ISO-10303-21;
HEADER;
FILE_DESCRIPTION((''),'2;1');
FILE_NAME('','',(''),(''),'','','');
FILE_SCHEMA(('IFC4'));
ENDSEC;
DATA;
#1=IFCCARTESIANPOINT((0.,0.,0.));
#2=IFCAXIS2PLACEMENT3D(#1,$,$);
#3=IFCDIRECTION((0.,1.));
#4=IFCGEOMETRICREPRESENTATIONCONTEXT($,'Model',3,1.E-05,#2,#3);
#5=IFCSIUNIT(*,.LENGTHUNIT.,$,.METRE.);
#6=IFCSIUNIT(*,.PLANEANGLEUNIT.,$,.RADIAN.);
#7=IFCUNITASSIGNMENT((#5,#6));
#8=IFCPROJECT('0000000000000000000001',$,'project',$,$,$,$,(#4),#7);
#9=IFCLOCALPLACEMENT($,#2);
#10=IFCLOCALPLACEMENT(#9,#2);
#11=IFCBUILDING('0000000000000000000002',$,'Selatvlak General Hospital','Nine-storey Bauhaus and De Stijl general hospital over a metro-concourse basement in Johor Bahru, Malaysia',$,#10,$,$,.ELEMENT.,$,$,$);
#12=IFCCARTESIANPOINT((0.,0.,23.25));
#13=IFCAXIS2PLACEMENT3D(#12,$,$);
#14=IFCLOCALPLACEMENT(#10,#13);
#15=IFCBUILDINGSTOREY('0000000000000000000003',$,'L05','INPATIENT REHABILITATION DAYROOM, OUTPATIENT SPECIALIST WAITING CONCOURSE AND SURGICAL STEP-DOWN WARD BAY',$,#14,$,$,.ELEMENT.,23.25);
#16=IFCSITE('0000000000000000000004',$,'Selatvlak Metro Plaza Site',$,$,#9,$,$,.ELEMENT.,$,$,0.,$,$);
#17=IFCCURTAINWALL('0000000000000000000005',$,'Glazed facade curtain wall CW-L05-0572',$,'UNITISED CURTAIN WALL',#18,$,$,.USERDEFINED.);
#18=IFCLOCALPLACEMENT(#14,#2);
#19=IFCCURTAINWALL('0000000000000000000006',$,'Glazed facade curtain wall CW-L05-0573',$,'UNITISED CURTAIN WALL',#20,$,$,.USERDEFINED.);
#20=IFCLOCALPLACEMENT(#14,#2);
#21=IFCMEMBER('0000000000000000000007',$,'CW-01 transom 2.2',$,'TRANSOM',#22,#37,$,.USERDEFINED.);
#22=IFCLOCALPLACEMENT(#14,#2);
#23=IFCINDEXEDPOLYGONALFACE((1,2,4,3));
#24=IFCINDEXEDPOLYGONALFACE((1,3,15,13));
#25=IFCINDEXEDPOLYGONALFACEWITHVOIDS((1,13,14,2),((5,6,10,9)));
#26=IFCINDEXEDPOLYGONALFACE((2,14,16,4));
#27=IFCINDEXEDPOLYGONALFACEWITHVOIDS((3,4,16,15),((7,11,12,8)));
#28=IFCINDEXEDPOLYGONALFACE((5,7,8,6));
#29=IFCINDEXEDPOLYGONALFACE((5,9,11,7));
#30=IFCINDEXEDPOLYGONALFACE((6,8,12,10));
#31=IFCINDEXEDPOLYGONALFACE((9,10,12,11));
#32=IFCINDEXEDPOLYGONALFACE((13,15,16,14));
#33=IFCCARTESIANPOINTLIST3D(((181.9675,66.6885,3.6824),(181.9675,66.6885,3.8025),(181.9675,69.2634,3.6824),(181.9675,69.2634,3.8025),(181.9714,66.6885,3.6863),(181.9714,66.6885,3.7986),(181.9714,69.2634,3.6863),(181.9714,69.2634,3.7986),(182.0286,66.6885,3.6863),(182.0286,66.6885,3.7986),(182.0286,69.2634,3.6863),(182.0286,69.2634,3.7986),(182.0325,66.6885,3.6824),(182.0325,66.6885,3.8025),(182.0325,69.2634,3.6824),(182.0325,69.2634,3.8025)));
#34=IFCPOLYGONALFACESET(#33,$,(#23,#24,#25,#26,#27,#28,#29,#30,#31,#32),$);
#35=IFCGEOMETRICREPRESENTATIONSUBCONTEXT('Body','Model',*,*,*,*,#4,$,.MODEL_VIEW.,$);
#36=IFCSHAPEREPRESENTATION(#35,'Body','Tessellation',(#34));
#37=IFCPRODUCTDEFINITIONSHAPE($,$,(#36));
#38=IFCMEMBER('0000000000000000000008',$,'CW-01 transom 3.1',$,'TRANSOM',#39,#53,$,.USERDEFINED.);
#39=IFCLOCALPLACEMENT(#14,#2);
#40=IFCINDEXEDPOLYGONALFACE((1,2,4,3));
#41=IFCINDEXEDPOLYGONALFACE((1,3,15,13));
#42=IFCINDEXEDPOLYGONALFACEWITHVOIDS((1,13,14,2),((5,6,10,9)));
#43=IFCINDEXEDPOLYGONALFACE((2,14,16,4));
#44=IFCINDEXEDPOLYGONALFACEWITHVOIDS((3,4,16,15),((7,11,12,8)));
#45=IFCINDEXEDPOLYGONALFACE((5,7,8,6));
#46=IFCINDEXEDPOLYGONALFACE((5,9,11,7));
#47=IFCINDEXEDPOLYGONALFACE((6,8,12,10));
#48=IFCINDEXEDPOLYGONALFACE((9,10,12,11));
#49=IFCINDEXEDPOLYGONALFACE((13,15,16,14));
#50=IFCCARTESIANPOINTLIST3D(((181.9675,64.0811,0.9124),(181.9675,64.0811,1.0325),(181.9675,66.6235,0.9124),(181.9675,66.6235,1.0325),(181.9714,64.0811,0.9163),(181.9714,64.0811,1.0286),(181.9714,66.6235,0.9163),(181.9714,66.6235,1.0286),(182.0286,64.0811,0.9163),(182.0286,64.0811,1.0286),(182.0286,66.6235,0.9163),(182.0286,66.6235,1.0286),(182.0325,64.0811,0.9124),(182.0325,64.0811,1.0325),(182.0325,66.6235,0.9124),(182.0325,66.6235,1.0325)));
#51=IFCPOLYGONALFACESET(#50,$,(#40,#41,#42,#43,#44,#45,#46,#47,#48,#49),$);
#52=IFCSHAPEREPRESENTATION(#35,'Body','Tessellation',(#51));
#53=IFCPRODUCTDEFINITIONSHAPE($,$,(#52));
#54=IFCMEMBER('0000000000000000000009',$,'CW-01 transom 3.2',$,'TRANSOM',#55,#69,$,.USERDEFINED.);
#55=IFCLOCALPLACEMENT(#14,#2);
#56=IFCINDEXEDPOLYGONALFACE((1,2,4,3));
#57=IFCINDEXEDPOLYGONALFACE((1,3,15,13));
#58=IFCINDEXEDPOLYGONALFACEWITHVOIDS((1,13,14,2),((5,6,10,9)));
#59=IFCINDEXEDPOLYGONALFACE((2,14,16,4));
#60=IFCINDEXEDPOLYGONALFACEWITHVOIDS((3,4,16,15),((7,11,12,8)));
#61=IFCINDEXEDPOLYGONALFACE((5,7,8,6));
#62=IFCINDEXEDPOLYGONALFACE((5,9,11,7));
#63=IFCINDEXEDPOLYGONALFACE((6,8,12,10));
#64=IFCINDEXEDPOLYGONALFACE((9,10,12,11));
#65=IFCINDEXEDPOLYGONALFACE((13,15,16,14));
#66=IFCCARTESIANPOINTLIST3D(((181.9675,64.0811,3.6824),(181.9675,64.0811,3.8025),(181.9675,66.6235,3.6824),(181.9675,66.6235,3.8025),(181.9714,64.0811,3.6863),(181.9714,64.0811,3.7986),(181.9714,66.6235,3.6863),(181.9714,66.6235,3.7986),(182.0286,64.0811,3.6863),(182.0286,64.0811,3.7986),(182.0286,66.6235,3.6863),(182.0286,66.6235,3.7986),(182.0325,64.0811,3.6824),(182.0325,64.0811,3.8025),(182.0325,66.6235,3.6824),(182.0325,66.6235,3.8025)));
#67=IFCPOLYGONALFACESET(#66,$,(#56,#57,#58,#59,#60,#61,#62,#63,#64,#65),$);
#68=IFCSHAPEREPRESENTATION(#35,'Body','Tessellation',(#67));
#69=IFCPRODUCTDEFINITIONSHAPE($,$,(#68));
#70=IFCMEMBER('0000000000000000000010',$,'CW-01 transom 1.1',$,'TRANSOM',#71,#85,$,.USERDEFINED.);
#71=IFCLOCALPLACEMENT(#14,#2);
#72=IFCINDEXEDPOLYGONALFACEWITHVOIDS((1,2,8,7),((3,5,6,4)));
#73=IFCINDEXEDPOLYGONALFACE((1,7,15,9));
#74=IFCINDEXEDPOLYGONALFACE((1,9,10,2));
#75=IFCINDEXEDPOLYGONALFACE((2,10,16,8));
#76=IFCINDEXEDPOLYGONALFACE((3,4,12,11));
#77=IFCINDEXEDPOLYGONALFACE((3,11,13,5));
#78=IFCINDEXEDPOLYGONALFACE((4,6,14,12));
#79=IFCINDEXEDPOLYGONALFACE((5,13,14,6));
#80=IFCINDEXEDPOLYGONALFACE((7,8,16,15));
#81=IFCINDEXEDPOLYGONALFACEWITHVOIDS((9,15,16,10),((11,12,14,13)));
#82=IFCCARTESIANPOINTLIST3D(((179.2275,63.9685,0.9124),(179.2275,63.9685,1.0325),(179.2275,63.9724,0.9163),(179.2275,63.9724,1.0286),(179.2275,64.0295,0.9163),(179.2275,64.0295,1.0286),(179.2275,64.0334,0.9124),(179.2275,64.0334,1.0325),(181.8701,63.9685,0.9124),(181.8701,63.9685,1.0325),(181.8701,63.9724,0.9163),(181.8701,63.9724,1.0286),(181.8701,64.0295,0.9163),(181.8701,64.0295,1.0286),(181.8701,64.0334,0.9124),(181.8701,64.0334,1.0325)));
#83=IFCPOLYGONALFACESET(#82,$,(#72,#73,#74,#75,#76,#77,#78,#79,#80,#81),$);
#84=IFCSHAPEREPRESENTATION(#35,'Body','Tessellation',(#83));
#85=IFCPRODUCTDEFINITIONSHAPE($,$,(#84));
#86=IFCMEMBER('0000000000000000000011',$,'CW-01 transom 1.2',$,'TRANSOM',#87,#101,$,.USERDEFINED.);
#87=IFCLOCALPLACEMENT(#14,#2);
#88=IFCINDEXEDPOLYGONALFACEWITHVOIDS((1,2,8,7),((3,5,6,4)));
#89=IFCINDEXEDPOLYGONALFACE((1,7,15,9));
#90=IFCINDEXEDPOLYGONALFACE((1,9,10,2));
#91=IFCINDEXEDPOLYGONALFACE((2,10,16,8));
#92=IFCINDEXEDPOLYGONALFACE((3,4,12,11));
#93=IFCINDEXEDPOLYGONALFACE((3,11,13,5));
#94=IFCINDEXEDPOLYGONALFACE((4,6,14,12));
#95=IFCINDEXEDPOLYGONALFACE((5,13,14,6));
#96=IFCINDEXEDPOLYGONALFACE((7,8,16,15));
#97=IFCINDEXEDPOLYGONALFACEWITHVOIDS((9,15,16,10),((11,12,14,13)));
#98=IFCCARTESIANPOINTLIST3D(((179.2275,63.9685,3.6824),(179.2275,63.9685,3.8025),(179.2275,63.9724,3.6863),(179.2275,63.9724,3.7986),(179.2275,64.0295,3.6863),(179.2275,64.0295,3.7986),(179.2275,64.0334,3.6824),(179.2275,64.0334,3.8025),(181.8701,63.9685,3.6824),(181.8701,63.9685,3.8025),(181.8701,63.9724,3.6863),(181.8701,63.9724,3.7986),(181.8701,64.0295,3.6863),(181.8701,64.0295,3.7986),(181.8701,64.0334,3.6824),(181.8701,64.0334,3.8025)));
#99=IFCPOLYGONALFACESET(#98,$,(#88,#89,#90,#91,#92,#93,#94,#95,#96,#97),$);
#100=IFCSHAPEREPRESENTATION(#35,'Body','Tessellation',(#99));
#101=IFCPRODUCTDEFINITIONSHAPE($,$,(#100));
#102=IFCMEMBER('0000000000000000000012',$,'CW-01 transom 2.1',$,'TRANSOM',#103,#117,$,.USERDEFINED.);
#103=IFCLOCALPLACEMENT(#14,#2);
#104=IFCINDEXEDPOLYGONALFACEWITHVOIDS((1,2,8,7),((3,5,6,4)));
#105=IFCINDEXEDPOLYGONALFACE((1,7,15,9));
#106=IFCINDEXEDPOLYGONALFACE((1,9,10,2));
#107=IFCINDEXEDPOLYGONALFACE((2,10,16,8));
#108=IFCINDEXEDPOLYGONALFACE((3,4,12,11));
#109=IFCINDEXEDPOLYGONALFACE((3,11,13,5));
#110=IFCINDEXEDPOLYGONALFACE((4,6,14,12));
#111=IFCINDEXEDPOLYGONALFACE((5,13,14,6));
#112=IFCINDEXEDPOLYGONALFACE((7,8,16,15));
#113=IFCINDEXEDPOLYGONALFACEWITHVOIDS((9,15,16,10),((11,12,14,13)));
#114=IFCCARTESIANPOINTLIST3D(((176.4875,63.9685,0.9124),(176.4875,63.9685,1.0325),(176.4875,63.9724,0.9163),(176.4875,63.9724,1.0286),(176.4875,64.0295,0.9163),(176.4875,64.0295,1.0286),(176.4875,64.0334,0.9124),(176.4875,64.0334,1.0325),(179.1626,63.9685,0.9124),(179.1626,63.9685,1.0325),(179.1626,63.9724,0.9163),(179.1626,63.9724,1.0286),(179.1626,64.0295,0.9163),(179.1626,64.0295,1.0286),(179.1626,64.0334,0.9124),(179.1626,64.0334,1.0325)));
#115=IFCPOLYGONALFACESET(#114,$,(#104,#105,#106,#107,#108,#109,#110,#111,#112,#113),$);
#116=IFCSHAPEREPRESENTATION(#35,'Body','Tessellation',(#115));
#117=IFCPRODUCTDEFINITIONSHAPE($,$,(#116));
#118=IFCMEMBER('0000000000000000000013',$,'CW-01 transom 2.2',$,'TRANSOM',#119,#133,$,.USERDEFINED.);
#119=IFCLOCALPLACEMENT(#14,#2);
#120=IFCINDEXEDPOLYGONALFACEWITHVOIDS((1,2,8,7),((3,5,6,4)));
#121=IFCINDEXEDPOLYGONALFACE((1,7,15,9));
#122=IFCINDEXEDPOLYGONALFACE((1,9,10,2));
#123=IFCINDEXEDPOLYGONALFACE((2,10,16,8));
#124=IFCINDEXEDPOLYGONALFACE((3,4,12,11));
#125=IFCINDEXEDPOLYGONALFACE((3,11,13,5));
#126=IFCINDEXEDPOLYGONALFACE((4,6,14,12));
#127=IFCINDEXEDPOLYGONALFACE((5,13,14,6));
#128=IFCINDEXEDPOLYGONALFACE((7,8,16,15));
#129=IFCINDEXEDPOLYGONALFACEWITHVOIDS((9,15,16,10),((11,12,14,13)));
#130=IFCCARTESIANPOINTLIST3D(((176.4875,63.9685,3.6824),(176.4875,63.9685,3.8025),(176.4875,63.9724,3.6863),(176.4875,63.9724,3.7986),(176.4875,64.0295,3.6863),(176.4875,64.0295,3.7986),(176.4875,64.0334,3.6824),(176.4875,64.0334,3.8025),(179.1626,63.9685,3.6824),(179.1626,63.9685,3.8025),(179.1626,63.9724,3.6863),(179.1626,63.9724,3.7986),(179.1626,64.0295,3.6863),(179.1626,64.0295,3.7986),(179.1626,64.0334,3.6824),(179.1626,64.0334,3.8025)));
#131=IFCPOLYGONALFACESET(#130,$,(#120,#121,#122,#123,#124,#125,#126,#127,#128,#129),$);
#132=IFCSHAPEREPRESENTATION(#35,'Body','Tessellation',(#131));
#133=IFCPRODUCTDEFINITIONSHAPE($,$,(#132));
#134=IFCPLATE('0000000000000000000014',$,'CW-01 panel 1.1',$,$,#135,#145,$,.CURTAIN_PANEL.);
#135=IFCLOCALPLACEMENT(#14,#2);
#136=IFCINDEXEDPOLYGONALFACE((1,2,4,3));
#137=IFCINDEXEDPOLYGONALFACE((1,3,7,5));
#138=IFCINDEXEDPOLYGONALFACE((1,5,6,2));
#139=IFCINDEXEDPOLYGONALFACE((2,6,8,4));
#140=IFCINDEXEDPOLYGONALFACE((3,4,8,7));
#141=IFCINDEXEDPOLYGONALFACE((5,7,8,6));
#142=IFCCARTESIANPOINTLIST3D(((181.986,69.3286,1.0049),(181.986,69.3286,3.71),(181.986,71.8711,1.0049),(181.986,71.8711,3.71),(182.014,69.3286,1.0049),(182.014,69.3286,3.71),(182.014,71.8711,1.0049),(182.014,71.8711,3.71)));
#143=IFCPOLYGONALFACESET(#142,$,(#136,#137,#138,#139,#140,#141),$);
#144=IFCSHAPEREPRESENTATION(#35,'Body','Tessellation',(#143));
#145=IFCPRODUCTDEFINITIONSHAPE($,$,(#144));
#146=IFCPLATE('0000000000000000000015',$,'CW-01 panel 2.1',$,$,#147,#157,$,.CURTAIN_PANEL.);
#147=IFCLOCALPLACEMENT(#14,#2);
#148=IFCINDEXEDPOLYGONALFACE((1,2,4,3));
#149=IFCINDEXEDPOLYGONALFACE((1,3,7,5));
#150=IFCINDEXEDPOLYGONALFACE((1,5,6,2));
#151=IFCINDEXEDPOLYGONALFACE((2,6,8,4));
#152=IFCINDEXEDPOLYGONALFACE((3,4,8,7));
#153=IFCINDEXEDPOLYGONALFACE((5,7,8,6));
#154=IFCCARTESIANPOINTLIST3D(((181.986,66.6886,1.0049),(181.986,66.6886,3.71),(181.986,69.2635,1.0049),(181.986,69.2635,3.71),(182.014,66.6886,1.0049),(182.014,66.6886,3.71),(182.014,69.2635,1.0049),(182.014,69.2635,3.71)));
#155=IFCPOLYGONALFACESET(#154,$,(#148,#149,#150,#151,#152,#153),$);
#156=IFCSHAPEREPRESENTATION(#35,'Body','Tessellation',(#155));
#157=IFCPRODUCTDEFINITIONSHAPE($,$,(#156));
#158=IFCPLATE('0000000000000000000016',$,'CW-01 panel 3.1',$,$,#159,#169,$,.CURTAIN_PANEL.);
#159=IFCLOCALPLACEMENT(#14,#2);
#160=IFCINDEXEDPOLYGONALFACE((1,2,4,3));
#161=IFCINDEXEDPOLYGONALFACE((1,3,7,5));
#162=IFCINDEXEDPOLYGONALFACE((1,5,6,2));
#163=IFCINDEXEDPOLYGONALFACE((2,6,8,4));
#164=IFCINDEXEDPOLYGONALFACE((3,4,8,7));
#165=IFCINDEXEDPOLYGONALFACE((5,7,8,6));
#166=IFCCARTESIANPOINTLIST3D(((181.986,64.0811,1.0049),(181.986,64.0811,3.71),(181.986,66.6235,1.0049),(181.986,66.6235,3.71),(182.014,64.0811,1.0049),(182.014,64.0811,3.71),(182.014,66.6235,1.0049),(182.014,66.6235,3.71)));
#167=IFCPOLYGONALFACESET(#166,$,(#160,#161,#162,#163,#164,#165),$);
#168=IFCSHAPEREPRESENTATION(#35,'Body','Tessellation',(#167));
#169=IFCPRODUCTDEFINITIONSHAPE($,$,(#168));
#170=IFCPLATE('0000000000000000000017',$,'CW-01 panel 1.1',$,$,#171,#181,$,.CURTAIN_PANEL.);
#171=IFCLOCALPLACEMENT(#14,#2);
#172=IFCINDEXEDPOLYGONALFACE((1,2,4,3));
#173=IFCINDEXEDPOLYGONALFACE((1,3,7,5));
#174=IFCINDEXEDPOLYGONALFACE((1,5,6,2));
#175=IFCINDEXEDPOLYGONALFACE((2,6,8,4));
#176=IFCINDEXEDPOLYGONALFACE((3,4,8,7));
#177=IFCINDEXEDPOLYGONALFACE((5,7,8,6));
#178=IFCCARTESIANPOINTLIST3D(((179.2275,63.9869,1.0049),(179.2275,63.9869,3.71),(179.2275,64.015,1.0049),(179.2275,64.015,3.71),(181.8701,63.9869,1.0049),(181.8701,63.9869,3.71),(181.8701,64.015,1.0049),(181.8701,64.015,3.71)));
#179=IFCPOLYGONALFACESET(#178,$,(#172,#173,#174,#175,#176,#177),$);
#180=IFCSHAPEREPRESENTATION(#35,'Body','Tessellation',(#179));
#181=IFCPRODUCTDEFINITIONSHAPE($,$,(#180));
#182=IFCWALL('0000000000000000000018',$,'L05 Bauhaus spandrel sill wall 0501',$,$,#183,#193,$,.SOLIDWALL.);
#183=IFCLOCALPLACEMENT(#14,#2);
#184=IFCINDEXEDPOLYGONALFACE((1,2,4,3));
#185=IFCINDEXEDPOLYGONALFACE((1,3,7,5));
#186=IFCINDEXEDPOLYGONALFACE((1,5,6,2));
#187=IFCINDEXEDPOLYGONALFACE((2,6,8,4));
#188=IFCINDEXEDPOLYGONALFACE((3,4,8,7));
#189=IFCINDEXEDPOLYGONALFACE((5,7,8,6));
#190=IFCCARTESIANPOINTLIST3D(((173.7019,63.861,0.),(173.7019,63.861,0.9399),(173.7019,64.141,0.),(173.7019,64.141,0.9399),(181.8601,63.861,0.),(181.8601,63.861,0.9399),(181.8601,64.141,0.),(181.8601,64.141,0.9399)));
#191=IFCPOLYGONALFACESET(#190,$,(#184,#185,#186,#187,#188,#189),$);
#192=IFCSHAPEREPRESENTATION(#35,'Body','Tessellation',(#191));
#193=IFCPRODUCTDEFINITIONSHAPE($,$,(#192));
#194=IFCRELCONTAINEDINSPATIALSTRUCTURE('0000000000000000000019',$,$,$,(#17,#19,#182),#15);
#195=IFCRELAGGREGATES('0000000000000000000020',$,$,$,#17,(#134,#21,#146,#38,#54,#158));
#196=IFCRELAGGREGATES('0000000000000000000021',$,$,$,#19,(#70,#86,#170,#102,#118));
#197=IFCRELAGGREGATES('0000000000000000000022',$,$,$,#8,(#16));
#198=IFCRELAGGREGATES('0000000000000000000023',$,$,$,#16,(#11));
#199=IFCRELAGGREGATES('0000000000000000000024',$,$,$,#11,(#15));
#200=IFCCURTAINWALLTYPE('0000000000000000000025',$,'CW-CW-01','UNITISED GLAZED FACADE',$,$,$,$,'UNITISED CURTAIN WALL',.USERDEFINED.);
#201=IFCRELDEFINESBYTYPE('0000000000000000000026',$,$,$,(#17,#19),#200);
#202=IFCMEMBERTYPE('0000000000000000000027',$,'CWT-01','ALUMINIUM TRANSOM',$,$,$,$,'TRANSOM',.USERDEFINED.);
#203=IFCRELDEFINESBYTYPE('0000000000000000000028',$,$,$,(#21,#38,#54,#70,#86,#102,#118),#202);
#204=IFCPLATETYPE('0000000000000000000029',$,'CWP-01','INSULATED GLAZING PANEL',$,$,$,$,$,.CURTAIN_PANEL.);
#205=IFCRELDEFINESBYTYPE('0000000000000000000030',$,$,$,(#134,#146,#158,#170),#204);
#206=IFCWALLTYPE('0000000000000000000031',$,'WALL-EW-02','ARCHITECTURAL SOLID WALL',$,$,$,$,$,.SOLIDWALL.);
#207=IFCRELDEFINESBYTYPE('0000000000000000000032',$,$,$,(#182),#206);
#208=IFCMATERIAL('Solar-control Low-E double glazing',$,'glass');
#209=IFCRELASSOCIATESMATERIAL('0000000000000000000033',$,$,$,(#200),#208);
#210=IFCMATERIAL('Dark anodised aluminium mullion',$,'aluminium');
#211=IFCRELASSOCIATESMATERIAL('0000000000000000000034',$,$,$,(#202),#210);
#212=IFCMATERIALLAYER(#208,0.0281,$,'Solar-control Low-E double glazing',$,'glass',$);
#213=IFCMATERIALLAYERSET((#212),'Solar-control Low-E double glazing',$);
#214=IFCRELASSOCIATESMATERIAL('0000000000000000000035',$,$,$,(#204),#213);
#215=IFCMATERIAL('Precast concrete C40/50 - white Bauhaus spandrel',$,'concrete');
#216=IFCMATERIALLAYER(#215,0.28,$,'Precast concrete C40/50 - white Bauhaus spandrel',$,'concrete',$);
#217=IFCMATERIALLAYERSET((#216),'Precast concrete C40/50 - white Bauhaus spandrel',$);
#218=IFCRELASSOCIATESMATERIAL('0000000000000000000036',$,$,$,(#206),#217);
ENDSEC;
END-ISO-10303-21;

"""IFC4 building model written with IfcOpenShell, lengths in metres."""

from ifc_helpers import new_model, si_unit, direction, frame, frame_2d, origin, origin_2d, place, context, subcontext, project, spatial, rectangle, hollow_rectangle, extrude, material, layer, layer_set, material_profile, profile_set, type_object, element, aggregate, save


model = new_model("IFC4")

# Units and contexts
model_context = context("Model", 3, precision=1e-05, world=origin(), true_north=direction((0.0, 1.0)))
body_context = subcontext(model_context, "Body", "Model", "MODEL_VIEW")
ifc_project = project(units=[si_unit("LENGTHUNIT", "METRE"), si_unit("PLANEANGLEUNIT", "RADIAN")], contexts=[model_context])

# Site, building, storey
site_placement = place(None, origin())
site = spatial("IfcSite", under=ifc_project, at=site_placement, Name="Selatvlak Metro Plaza Site", CompositionType="ELEMENT", RefElevation=0.0)
building_placement = place(site_placement, origin())
building = spatial("IfcBuilding", under=site, at=building_placement, Name="Selatvlak General Hospital", Description="Nine-storey Bauhaus and De Stijl general hospital over a metro-concourse basement in Johor Bahru, Malaysia", CompositionType="ELEMENT")
storey_placement = place(building_placement, frame((0.0, 0.0, 23.25)))
storey = spatial("IfcBuildingStorey", under=building, at=storey_placement, Name="L05", Description="INPATIENT REHABILITATION DAYROOM, OUTPATIENT SPECIALIST WAITING CONCOURSE AND SURGICAL STEP-DOWN WARD BAY", CompositionType="ELEMENT", Elevation=23.25)

# Curtain walls
ifc_material_1 = material(Name="Solar-control Low-E double glazing", Category="glass")
curtain_wall_type = type_object("IfcCurtainWallType", Name="CW-CW-01", Description="UNITISED GLAZED FACADE", ElementType="UNITISED CURTAIN WALL", PredefinedType="USERDEFINED", material=ifc_material_1)
curtain_wall_1_placement = place(storey_placement, origin())
curtain_wall_1 = element("IfcCurtainWall", 1, at=curtain_wall_1_placement, inside=storey, type_object=curtain_wall_type, Name="Glazed facade curtain wall CW-L05-0572", ObjectType="UNITISED CURTAIN WALL", PredefinedType="USERDEFINED")
ifc_material_2 = material(Name="Dark anodised aluminium mullion", Category="aluminium")
curtain_wall_2_placement = place(storey_placement, origin())
curtain_wall_2 = element("IfcCurtainWall", 2, at=curtain_wall_2_placement, inside=storey, type_object=curtain_wall_type, Name="Glazed facade curtain wall CW-L05-0573", ObjectType="UNITISED CURTAIN WALL", PredefinedType="USERDEFINED")

# Members
ifc_material_profile_1 = material_profile(ifc_material_2, hollow_rectangle(XDim=0.0649, YDim=0.1201, WallThickness=0.0039, at=origin_2d()), Name="AL-TRN 65x120x4")
ifc_profile_set_1 = profile_set([ifc_material_profile_1], Name="Dark anodised aluminium mullion")
member_type_1 = type_object("IfcMemberType", Name="CWT-01", Description="ALUMINIUM TRANSOM", ElementType="TRANSOM", PredefinedType="USERDEFINED", material=ifc_profile_set_1)
member_1_placement = place(storey_placement, frame((182.0, 69.2634, 3.7424), z_axis=(0.0, -1.0, 0.0), x_axis=(1.0, 0.0, 0.0)))
member_1 = element("IfcMember", 3, at=member_1_placement, type_object=member_type_1, Name="CW-01 transom 2.2", ObjectType="TRANSOM", PredefinedType="USERDEFINED", context=body_context, shape_type="SweptSolid", body=[
    extrude(hollow_rectangle(XDim=0.0649, YDim=0.1201, WallThickness=0.0039, at=origin_2d()), origin(), (0.0, 0.0, 1.0), 2.575),
])
member_2_placement = place(storey_placement, frame((182.0, 66.6235, 0.9724), z_axis=(0.0, -1.0, 0.0), x_axis=(1.0, 0.0, 0.0)))
member_2 = element("IfcMember", 4, at=member_2_placement, type_object=member_type_1, Name="CW-01 transom 3.1", ObjectType="TRANSOM", PredefinedType="USERDEFINED", context=body_context, shape_type="SweptSolid", body=[
    extrude(hollow_rectangle(XDim=0.0649, YDim=0.1201, WallThickness=0.0039, at=origin_2d()), origin(), (0.0, 0.0, 1.0), 2.5425),
])
member_3_placement = place(storey_placement, frame((182.0, 66.6235, 3.7424), z_axis=(0.0, -1.0, 0.0), x_axis=(1.0, 0.0, 0.0)))
member_3 = element("IfcMember", 5, at=member_3_placement, type_object=member_type_1, Name="CW-01 transom 3.2", ObjectType="TRANSOM", PredefinedType="USERDEFINED", context=body_context, shape_type="SweptSolid", body=[
    extrude(hollow_rectangle(XDim=0.0649, YDim=0.1201, WallThickness=0.0039, at=origin_2d()), origin(), (0.0, 0.0, 1.0), 2.5425),
])
member_4_placement = place(storey_placement, frame((181.8701, 64.001, 0.9724), z_axis=(-1.0, 0.0, 0.0), x_axis=(0.0, -1.0, 0.0)))
member_4 = element("IfcMember", 6, at=member_4_placement, type_object=member_type_1, Name="CW-01 transom 1.1", ObjectType="TRANSOM", PredefinedType="USERDEFINED", context=body_context, shape_type="SweptSolid", body=[
    extrude(hollow_rectangle(XDim=0.0649, YDim=0.1201, WallThickness=0.0039, at=origin_2d()), origin(), (0.0, 0.0, 1.0), 2.6426),
])
member_5_placement = place(storey_placement, frame((181.8701, 64.001, 3.7424), z_axis=(-1.0, 0.0, 0.0), x_axis=(0.0, -1.0, 0.0)))
member_5 = element("IfcMember", 7, at=member_5_placement, type_object=member_type_1, Name="CW-01 transom 1.2", ObjectType="TRANSOM", PredefinedType="USERDEFINED", context=body_context, shape_type="SweptSolid", body=[
    extrude(hollow_rectangle(XDim=0.0649, YDim=0.1201, WallThickness=0.0039, at=origin_2d()), origin(), (0.0, 0.0, 1.0), 2.6426),
])
member_6_placement = place(storey_placement, frame((179.1626, 64.001, 0.9724), z_axis=(-1.0, 0.0, 0.0), x_axis=(0.0, -1.0, 0.0)))
member_6 = element("IfcMember", 8, at=member_6_placement, type_object=member_type_1, Name="CW-01 transom 2.1", ObjectType="TRANSOM", PredefinedType="USERDEFINED", context=body_context, shape_type="SweptSolid", body=[
    extrude(hollow_rectangle(XDim=0.0649, YDim=0.1201, WallThickness=0.0039, at=origin_2d()), origin(), (0.0, 0.0, 1.0), 2.675),
])
member_7_placement = place(storey_placement, frame((179.1626, 64.001, 3.7424), z_axis=(-1.0, 0.0, 0.0), x_axis=(0.0, -1.0, 0.0)))
member_7 = element("IfcMember", 9, at=member_7_placement, type_object=member_type_1, Name="CW-01 transom 2.2", ObjectType="TRANSOM", PredefinedType="USERDEFINED", context=body_context, shape_type="SweptSolid", body=[
    extrude(hollow_rectangle(XDim=0.0649, YDim=0.1201, WallThickness=0.0039, at=origin_2d()), origin(), (0.0, 0.0, 1.0), 2.675),
])

# Plates
ifc_layer_1 = layer(ifc_material_1, 0.0281, Name="Solar-control Low-E double glazing", Category="glass")
ifc_layer_set_1 = layer_set([ifc_layer_1], Name="Solar-control Low-E double glazing")
plate_type = type_object("IfcPlateType", Name="CWP-01", Description="INSULATED GLAZING PANEL", PredefinedType="CURTAIN_PANEL", material=ifc_layer_set_1)
plate_1_placement = place(storey_placement, frame((182.0, 70.5999, 1.0049), z_axis=(0.0, 0.0, 1.0), x_axis=(0.0, -1.0, 0.0)))
plate_1 = element("IfcPlate", 10, at=plate_1_placement, type_object=plate_type, Name="CW-01 panel 1.1", PredefinedType="CURTAIN_PANEL", context=body_context, shape_type="SweptSolid", body=[
    extrude(rectangle(XDim=2.5425, YDim=0.0281, at=origin_2d()), origin(), (0.0, 0.0, 1.0), 2.7051),
])
plate_2_placement = place(storey_placement, frame((182.0, 67.9761, 1.0049), z_axis=(0.0, 0.0, 1.0), x_axis=(0.0, -1.0, 0.0)))
plate_2 = element("IfcPlate", 11, at=plate_2_placement, type_object=plate_type, Name="CW-01 panel 2.1", PredefinedType="CURTAIN_PANEL", context=body_context, shape_type="SweptSolid", body=[
    extrude(rectangle(XDim=2.575, YDim=0.0281, at=origin_2d()), origin(), (0.0, 0.0, 1.0), 2.7051),
])
plate_3_placement = place(storey_placement, frame((182.0, 65.3523, 1.0049), z_axis=(0.0, 0.0, 1.0), x_axis=(0.0, -1.0, 0.0)))
plate_3 = element("IfcPlate", 12, at=plate_3_placement, type_object=plate_type, Name="CW-01 panel 3.1", PredefinedType="CURTAIN_PANEL", context=body_context, shape_type="SweptSolid", body=[
    extrude(rectangle(XDim=2.5425, YDim=0.0281, at=origin_2d()), origin(), (0.0, 0.0, 1.0), 2.7051),
])
aggregate(curtain_wall_1, [plate_1, member_1, plate_2, member_2, member_3, plate_3])
plate_4_placement = place(storey_placement, frame((180.5488, 64.001, 1.0049), z_axis=(0.0, 0.0, 1.0), x_axis=(-1.0, 0.0, 0.0)))
plate_4 = element("IfcPlate", 13, at=plate_4_placement, type_object=plate_type, Name="CW-01 panel 1.1", PredefinedType="CURTAIN_PANEL", context=body_context, shape_type="SweptSolid", body=[
    extrude(rectangle(XDim=2.6426, YDim=0.0281, at=origin_2d()), origin(), (0.0, 0.0, 1.0), 2.7051),
])
aggregate(curtain_wall_2, [member_4, member_5, plate_4, member_6, member_7])

# Wall
ifc_material_3 = material(Name="Precast concrete C40/50 - white Bauhaus spandrel", Category="concrete")
ifc_layer_2 = layer(ifc_material_3, 0.28, Name="Precast concrete C40/50 - white Bauhaus spandrel", Category="concrete")
ifc_layer_set_2 = layer_set([ifc_layer_2], Name="Precast concrete C40/50 - white Bauhaus spandrel")
wall_type = type_object("IfcWallType", Name="WALL-EW-02", Description="ARCHITECTURAL SOLID WALL", PredefinedType="SOLIDWALL", material=ifc_layer_set_2)
wall_placement = place(storey_placement, frame((181.8601, 64.001, 0.0), z_axis=(0.0, 0.0, 1.0), x_axis=(-1.0, 0.0, 0.0)))
element("IfcWall", 14, at=wall_placement, inside=storey, type_object=wall_type, Name="L05 Bauhaus spandrel sill wall 0501", PredefinedType="SOLIDWALL", context=body_context, shape_type="SweptSolid", body=[
    extrude(rectangle(XDim=8.1582, YDim=0.28, at=frame_2d((4.0791, 0.0))), origin(), (0.0, 0.0, 1.0), 0.9399),
])

save(model, "model.ifc")
